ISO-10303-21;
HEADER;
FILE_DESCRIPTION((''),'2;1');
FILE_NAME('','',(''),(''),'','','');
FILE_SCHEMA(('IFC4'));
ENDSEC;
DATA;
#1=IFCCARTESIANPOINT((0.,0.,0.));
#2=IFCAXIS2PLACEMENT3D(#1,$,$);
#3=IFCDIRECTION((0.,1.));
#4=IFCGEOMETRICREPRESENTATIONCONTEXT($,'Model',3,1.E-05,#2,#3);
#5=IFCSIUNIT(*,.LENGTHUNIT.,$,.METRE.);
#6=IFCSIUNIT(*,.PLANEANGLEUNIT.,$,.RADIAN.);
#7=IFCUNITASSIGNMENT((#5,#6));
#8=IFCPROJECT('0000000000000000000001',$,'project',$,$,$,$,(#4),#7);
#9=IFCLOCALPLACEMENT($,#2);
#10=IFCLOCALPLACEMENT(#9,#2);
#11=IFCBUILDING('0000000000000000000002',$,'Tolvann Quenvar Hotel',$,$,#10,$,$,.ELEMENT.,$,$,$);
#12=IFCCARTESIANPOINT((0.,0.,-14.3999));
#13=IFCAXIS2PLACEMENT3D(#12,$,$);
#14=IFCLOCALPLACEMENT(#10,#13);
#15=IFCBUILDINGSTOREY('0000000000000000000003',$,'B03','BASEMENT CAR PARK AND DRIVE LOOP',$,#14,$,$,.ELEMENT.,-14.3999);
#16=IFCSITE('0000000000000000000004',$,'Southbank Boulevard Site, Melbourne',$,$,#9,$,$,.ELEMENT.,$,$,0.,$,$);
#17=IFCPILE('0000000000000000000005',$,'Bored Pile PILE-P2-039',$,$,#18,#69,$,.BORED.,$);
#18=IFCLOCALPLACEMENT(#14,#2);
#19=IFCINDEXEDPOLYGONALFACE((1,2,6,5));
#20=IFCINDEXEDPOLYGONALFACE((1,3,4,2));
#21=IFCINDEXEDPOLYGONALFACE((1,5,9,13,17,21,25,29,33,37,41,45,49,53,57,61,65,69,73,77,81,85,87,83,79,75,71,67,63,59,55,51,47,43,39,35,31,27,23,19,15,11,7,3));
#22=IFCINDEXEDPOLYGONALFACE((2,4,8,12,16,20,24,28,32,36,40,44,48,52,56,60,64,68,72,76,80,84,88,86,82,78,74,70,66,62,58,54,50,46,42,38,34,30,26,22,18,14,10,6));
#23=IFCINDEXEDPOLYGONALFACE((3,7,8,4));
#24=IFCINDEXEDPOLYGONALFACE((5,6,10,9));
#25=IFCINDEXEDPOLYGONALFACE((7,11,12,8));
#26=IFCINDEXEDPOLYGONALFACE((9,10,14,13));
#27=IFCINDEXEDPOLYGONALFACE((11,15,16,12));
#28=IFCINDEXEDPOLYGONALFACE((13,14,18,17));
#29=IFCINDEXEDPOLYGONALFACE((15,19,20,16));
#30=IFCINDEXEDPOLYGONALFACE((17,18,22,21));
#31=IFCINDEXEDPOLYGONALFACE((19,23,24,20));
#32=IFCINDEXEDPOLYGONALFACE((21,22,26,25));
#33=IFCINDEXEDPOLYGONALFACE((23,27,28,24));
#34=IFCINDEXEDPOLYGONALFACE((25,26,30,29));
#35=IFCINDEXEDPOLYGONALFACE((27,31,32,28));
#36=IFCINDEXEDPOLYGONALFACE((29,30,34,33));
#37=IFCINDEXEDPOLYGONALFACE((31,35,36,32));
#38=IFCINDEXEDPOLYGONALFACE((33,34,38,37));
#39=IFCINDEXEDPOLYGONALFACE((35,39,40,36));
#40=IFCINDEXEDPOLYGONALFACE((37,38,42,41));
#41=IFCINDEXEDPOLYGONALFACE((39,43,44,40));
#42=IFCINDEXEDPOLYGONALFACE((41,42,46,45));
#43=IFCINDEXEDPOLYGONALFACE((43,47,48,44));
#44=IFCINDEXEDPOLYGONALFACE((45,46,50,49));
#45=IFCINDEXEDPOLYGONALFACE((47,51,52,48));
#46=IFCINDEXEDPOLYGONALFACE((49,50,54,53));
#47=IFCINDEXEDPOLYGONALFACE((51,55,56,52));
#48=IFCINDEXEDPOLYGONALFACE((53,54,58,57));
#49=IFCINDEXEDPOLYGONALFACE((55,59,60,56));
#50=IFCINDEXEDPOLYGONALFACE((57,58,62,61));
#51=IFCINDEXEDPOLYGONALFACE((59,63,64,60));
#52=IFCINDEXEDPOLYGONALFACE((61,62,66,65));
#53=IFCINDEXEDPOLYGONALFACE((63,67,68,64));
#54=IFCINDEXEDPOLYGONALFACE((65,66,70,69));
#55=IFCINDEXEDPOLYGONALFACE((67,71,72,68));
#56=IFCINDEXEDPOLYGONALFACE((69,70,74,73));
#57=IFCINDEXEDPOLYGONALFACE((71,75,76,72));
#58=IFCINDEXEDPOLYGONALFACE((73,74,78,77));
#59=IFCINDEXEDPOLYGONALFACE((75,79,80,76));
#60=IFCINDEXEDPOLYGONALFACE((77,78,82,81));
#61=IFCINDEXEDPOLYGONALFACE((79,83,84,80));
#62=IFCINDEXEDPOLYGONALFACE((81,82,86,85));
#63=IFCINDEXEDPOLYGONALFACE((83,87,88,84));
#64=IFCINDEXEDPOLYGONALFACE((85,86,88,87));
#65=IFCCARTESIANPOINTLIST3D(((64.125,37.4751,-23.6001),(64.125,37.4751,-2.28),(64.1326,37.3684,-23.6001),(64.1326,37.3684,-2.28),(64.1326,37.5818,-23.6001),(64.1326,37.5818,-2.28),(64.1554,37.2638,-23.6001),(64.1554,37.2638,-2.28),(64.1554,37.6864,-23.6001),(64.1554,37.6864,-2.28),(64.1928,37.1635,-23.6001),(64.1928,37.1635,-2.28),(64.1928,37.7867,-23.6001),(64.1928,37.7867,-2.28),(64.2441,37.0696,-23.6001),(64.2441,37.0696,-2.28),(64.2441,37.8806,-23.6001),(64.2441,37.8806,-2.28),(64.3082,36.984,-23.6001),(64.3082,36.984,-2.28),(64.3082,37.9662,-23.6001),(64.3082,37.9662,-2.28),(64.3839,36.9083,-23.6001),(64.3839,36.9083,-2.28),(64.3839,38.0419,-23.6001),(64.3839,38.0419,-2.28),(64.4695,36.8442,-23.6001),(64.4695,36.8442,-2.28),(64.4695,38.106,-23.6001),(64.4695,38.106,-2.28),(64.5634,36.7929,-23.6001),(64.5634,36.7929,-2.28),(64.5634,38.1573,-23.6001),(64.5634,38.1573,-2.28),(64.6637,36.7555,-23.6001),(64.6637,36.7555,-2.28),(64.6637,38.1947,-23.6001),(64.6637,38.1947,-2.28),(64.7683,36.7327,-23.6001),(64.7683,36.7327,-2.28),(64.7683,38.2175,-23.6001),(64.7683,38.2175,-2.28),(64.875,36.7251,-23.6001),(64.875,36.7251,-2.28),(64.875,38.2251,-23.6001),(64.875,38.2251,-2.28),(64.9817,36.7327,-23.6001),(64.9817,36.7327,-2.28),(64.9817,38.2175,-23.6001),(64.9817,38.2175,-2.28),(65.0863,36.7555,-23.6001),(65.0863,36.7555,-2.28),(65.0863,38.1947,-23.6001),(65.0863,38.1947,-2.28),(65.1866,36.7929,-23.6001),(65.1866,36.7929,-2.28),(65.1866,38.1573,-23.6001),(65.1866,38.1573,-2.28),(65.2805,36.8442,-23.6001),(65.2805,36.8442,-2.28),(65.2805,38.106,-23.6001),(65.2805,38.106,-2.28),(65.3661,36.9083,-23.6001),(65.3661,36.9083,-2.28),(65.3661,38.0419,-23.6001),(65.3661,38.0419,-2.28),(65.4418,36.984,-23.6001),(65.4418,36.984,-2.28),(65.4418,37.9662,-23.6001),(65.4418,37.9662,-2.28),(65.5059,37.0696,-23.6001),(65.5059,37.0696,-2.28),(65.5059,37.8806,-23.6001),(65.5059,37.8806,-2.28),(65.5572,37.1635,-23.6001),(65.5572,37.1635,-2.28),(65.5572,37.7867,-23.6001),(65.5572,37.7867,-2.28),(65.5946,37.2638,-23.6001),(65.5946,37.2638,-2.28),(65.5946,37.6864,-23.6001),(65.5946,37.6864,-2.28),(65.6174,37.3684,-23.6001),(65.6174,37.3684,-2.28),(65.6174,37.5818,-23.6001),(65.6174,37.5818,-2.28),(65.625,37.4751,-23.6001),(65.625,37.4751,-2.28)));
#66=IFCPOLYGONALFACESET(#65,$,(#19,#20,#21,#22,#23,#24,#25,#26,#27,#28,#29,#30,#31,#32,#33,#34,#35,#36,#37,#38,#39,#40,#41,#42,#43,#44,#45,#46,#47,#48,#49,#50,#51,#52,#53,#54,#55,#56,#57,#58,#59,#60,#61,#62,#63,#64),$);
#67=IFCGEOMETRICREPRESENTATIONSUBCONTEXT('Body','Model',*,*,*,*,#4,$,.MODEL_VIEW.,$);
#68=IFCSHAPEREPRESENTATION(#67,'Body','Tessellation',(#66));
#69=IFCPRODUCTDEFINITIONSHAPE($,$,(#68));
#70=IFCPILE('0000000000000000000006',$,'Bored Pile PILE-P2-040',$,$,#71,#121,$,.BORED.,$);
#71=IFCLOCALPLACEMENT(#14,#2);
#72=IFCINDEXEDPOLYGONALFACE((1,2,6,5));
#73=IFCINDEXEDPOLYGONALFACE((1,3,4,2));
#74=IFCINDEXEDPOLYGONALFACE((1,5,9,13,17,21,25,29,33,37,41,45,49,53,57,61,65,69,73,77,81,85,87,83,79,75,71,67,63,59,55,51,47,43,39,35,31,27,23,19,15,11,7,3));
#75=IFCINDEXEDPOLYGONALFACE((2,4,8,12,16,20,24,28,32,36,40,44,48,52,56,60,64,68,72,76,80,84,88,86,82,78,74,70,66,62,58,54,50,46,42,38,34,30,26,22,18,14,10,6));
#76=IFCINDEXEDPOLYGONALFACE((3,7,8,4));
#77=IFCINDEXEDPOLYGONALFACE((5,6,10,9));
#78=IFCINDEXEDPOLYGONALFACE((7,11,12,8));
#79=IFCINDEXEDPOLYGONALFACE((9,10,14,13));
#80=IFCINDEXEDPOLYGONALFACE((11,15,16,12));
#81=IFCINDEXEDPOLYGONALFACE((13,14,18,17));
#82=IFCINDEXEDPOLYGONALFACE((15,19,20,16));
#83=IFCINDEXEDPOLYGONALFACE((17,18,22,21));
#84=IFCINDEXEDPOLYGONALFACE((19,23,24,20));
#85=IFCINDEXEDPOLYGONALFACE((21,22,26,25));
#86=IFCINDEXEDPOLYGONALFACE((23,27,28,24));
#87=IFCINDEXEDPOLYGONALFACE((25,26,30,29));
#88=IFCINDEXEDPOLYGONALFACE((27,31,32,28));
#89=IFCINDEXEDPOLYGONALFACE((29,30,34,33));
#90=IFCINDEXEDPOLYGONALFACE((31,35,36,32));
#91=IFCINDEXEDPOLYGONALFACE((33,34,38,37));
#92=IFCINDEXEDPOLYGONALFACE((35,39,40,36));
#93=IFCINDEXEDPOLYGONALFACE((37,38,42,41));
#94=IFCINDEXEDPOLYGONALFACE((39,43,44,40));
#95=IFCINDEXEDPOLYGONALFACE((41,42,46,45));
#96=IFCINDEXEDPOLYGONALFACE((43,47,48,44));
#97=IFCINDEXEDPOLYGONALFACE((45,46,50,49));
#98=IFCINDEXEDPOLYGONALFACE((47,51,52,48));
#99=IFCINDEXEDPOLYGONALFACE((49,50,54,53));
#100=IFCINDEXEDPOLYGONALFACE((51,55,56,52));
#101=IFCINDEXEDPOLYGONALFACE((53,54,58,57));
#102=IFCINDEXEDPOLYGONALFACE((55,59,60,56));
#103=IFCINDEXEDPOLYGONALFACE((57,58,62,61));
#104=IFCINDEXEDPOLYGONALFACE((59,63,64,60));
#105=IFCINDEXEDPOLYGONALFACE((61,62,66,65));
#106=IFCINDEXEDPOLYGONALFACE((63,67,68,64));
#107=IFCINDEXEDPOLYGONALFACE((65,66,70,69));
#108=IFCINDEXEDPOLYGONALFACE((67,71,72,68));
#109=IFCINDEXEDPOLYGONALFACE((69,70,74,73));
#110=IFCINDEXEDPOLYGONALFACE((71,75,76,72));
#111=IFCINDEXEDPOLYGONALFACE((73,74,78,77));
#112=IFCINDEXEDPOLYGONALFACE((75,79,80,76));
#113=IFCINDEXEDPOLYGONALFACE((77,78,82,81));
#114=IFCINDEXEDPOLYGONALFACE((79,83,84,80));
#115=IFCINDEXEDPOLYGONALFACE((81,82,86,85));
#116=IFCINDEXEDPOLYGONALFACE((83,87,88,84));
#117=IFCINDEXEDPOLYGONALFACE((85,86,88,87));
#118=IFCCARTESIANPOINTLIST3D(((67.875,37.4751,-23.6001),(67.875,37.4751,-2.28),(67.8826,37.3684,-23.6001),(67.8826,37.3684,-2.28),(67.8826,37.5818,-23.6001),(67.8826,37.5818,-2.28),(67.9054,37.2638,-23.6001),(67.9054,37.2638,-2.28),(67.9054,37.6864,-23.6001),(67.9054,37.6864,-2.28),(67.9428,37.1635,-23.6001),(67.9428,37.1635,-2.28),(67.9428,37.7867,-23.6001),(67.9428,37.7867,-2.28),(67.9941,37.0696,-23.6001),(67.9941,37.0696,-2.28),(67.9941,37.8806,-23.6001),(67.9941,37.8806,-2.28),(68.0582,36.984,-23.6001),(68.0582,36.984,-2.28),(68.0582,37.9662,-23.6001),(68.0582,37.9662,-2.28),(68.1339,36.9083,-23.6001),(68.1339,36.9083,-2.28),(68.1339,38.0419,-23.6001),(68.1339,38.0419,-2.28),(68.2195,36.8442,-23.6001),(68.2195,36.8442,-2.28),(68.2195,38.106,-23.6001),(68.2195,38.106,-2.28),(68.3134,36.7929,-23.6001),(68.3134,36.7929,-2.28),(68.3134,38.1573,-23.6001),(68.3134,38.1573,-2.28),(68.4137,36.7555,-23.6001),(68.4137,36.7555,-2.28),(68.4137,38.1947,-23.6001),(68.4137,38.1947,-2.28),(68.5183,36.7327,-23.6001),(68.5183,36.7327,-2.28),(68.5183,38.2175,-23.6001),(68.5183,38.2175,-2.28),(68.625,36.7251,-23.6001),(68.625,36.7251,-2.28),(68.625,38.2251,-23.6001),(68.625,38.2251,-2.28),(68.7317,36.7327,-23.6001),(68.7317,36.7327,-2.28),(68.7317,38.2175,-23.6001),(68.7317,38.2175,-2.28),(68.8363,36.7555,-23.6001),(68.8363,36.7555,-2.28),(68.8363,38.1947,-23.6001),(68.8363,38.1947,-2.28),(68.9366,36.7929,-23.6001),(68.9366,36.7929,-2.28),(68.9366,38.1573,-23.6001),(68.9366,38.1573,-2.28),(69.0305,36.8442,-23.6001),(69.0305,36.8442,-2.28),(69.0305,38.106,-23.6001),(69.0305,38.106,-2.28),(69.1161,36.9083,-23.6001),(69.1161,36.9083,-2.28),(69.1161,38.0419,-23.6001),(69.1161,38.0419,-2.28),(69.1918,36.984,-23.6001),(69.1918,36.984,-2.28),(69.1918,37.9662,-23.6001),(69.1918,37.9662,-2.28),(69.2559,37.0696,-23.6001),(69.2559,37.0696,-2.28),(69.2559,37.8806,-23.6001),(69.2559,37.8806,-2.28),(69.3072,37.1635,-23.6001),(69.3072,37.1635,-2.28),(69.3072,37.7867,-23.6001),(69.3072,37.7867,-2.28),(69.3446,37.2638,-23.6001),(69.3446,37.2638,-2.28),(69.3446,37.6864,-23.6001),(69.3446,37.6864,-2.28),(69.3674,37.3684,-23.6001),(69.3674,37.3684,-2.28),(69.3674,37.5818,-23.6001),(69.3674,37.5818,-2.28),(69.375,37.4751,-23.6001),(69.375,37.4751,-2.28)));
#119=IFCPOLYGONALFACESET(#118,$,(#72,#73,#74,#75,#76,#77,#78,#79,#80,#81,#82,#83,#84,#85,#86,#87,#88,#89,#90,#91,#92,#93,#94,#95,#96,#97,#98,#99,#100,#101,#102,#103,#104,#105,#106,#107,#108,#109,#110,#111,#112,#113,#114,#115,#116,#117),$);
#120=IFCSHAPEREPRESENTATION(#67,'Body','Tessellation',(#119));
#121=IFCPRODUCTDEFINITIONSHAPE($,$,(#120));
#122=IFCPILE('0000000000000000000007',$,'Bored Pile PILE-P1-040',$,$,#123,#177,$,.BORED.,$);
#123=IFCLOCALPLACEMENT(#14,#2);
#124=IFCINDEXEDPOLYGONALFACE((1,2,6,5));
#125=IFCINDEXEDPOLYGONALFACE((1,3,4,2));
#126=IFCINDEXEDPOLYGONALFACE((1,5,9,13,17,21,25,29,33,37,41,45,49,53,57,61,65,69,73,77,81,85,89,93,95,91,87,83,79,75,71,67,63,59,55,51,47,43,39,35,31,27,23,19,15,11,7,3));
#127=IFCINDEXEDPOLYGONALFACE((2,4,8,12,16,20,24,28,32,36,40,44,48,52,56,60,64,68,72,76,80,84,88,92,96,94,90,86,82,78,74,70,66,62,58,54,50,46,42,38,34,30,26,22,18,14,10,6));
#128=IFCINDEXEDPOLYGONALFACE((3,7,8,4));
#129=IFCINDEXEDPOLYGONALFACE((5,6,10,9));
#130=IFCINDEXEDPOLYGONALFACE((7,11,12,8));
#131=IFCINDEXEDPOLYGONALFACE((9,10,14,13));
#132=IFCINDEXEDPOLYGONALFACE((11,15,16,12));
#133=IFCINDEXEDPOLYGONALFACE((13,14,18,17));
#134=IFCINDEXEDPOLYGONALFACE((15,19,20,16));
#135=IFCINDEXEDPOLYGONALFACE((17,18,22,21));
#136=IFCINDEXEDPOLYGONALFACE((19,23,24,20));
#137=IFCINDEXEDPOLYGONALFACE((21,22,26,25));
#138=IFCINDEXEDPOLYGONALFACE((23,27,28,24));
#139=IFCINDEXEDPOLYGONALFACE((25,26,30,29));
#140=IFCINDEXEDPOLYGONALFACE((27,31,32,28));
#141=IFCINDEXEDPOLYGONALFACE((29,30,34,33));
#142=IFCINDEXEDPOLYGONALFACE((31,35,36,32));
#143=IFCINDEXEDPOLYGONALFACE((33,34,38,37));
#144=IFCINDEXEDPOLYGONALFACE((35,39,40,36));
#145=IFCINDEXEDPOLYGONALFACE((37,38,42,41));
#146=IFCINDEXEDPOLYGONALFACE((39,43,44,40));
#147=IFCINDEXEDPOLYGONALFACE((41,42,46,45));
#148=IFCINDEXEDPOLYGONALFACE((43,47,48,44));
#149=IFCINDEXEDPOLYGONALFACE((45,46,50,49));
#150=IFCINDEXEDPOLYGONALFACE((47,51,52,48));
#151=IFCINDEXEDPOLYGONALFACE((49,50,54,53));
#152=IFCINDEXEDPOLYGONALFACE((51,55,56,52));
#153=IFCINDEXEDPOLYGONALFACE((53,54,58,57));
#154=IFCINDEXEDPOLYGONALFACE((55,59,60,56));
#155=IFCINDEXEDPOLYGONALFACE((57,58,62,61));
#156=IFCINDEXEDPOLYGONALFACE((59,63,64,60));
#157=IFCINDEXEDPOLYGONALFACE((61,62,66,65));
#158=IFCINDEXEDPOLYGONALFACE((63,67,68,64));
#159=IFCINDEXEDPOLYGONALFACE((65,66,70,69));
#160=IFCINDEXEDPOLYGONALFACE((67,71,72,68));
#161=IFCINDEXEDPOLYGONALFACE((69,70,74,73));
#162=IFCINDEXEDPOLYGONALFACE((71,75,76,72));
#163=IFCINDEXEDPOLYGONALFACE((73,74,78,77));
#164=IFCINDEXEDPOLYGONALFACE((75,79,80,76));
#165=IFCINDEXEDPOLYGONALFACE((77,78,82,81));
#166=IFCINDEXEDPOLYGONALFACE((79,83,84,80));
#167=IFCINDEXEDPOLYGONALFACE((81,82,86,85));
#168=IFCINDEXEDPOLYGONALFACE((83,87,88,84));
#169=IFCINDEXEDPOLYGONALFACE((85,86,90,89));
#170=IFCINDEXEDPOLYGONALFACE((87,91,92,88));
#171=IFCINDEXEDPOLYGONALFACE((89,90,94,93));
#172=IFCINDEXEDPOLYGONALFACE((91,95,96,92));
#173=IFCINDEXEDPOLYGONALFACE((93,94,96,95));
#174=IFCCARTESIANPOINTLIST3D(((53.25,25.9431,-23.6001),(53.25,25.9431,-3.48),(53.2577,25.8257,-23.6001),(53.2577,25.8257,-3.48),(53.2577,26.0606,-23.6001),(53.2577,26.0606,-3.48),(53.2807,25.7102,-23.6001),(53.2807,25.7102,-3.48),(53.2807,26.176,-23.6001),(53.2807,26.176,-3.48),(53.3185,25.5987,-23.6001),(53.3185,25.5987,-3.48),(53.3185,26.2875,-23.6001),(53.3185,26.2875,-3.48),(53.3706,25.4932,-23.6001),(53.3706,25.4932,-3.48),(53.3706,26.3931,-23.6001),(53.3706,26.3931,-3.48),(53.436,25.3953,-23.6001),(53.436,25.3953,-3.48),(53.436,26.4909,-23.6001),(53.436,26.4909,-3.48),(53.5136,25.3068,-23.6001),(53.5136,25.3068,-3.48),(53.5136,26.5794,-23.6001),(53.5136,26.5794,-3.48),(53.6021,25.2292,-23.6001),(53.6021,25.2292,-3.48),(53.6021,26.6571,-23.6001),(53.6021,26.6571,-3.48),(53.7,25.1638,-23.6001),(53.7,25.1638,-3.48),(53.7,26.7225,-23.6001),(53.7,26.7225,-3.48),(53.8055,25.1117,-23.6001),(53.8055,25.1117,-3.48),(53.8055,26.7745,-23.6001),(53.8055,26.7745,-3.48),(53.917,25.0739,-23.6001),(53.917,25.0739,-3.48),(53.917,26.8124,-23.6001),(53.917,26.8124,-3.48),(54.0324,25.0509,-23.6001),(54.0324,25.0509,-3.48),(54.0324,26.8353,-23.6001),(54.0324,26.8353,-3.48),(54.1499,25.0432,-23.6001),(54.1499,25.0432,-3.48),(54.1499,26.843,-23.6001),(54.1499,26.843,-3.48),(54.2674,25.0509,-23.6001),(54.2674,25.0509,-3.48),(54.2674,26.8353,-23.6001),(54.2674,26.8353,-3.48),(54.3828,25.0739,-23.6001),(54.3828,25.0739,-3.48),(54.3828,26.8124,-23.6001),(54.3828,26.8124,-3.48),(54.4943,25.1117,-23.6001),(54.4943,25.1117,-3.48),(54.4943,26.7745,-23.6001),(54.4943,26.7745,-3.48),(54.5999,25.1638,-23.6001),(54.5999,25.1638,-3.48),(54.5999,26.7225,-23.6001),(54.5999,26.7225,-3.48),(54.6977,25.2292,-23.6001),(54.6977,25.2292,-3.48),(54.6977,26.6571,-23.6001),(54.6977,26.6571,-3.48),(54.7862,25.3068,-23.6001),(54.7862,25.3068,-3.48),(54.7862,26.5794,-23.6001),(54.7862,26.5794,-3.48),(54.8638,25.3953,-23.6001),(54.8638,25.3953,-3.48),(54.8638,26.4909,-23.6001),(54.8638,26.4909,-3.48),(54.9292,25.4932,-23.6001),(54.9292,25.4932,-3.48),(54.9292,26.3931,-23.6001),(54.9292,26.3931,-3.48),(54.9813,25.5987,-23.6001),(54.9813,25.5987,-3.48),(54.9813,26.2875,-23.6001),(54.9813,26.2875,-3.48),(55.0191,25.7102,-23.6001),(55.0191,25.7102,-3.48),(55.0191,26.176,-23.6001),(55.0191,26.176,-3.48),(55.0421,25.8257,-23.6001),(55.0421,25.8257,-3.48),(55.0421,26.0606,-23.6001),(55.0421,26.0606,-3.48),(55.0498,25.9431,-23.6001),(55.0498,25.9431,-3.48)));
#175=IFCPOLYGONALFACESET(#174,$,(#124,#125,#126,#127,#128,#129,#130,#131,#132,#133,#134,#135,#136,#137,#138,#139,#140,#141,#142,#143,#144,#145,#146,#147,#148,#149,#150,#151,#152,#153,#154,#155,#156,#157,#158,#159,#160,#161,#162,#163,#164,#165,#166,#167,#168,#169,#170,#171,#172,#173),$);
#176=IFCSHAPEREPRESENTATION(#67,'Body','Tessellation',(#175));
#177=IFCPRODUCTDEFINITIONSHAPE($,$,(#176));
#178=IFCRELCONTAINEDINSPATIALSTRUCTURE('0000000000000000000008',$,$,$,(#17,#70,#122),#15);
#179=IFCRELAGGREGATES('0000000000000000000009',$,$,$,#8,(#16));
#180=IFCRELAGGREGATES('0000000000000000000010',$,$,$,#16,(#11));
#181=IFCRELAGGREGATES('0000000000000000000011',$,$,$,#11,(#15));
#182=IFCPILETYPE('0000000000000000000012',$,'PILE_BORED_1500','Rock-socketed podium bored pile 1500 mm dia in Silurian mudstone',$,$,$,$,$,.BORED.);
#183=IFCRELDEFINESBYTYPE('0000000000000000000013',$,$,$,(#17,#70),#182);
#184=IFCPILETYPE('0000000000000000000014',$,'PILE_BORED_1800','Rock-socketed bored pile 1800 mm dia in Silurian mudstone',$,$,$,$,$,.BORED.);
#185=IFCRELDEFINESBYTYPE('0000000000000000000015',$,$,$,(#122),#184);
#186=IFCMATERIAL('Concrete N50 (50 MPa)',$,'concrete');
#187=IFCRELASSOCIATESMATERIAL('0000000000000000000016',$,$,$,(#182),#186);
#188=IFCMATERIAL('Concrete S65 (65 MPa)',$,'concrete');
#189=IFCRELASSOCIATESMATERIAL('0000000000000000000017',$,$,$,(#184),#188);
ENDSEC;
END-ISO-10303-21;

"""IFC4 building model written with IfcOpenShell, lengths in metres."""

from ifc_helpers import new_model, si_unit, direction, frame, origin, origin_2d, place, context, subcontext, project, spatial, circle, extrude, material, material_profile, profile_set, type_object, element, save


model = new_model("IFC4")

# Units and contexts
model_context = context("Model", 3, precision=1e-05, world=origin(), true_north=direction((0.0, 1.0)))
body_context = subcontext(model_context, "Body", "Model", "MODEL_VIEW")
ifc_project = project(units=[si_unit("LENGTHUNIT", "METRE"), si_unit("PLANEANGLEUNIT", "RADIAN")], contexts=[model_context])

# Site, building, storey
site_placement = place(None, origin())
site = spatial("IfcSite", under=ifc_project, at=site_placement, Name="Southbank Boulevard Site, Melbourne", CompositionType="ELEMENT", RefElevation=0.0)
building_placement = place(site_placement, origin())
building = spatial("IfcBuilding", under=site, at=building_placement, Name="Tolvann Quenvar Hotel", CompositionType="ELEMENT")
storey_placement = place(building_placement, frame((0.0, 0.0, -14.3999)))
storey = spatial("IfcBuildingStorey", under=building, at=storey_placement, Name="B03", Description="BASEMENT CAR PARK AND DRIVE LOOP", CompositionType="ELEMENT", Elevation=-14.3999)

# Piles
ifc_material_1 = material(Name="Concrete N50 (50 MPa)", Category="concrete")
ifc_material_profile_1 = material_profile(ifc_material_1, circle(Radius=0.75, at=origin_2d()), Name="PILE1500")
ifc_profile_set_1 = profile_set([ifc_material_profile_1], Name="Concrete N50 (50 MPa)")
pile_type_1 = type_object("IfcPileType", Name="PILE_BORED_1500", Description="Rock-socketed podium bored pile 1500 mm dia in Silurian mudstone", PredefinedType="BORED", material=ifc_profile_set_1)
for number, where, z_axis, x_axis, name in (
    (1, (64.875, 37.4751, -2.28), (0.0, 0.0, -1.0), (1.0, 0.0, 0.0), "Bored Pile PILE-P2-039"),
    (2, (68.625, 37.4751, -2.28), (0.0, 0.0, -1.0), (1.0, 0.0, 0.0), "Bored Pile PILE-P2-040"),
):
    element("IfcPile", number, at=place(storey_placement, frame(where, z_axis=z_axis, x_axis=x_axis)), inside=storey, type_object=pile_type_1, Name=name, PredefinedType="BORED", context=body_context, shape_type="SweptSolid", body=[
        extrude(circle(Radius=0.75, at=origin_2d()), origin(), (0.0, 0.0, 1.0), 21.3201),
    ])
ifc_material_2 = material(Name="Concrete S65 (65 MPa)", Category="concrete")
ifc_material_profile_2 = material_profile(ifc_material_2, circle(Radius=0.8999, at=origin_2d()), Name="PILE1800")
ifc_profile_set_2 = profile_set([ifc_material_profile_2], Name="Concrete S65 (65 MPa)")
pile_type_2 = type_object("IfcPileType", Name="PILE_BORED_1800", Description="Rock-socketed bored pile 1800 mm dia in Silurian mudstone", PredefinedType="BORED", material=ifc_profile_set_2)
for number, where, z_axis, x_axis, name in (
    (3, (54.1499, 25.9431, -3.48), (0.0, 0.0, -1.0), (1.0, 0.0, 0.0), "Bored Pile PILE-P1-040"),
):
    element("IfcPile", number, at=place(storey_placement, frame(where, z_axis=z_axis, x_axis=x_axis)), inside=storey, type_object=pile_type_2, Name=name, PredefinedType="BORED", context=body_context, shape_type="SweptSolid", body=[
        extrude(circle(Radius=0.8999, at=origin_2d()), origin(), (0.0, 0.0, 1.0), 20.1201),
    ])

save(model, "model.ifc")
